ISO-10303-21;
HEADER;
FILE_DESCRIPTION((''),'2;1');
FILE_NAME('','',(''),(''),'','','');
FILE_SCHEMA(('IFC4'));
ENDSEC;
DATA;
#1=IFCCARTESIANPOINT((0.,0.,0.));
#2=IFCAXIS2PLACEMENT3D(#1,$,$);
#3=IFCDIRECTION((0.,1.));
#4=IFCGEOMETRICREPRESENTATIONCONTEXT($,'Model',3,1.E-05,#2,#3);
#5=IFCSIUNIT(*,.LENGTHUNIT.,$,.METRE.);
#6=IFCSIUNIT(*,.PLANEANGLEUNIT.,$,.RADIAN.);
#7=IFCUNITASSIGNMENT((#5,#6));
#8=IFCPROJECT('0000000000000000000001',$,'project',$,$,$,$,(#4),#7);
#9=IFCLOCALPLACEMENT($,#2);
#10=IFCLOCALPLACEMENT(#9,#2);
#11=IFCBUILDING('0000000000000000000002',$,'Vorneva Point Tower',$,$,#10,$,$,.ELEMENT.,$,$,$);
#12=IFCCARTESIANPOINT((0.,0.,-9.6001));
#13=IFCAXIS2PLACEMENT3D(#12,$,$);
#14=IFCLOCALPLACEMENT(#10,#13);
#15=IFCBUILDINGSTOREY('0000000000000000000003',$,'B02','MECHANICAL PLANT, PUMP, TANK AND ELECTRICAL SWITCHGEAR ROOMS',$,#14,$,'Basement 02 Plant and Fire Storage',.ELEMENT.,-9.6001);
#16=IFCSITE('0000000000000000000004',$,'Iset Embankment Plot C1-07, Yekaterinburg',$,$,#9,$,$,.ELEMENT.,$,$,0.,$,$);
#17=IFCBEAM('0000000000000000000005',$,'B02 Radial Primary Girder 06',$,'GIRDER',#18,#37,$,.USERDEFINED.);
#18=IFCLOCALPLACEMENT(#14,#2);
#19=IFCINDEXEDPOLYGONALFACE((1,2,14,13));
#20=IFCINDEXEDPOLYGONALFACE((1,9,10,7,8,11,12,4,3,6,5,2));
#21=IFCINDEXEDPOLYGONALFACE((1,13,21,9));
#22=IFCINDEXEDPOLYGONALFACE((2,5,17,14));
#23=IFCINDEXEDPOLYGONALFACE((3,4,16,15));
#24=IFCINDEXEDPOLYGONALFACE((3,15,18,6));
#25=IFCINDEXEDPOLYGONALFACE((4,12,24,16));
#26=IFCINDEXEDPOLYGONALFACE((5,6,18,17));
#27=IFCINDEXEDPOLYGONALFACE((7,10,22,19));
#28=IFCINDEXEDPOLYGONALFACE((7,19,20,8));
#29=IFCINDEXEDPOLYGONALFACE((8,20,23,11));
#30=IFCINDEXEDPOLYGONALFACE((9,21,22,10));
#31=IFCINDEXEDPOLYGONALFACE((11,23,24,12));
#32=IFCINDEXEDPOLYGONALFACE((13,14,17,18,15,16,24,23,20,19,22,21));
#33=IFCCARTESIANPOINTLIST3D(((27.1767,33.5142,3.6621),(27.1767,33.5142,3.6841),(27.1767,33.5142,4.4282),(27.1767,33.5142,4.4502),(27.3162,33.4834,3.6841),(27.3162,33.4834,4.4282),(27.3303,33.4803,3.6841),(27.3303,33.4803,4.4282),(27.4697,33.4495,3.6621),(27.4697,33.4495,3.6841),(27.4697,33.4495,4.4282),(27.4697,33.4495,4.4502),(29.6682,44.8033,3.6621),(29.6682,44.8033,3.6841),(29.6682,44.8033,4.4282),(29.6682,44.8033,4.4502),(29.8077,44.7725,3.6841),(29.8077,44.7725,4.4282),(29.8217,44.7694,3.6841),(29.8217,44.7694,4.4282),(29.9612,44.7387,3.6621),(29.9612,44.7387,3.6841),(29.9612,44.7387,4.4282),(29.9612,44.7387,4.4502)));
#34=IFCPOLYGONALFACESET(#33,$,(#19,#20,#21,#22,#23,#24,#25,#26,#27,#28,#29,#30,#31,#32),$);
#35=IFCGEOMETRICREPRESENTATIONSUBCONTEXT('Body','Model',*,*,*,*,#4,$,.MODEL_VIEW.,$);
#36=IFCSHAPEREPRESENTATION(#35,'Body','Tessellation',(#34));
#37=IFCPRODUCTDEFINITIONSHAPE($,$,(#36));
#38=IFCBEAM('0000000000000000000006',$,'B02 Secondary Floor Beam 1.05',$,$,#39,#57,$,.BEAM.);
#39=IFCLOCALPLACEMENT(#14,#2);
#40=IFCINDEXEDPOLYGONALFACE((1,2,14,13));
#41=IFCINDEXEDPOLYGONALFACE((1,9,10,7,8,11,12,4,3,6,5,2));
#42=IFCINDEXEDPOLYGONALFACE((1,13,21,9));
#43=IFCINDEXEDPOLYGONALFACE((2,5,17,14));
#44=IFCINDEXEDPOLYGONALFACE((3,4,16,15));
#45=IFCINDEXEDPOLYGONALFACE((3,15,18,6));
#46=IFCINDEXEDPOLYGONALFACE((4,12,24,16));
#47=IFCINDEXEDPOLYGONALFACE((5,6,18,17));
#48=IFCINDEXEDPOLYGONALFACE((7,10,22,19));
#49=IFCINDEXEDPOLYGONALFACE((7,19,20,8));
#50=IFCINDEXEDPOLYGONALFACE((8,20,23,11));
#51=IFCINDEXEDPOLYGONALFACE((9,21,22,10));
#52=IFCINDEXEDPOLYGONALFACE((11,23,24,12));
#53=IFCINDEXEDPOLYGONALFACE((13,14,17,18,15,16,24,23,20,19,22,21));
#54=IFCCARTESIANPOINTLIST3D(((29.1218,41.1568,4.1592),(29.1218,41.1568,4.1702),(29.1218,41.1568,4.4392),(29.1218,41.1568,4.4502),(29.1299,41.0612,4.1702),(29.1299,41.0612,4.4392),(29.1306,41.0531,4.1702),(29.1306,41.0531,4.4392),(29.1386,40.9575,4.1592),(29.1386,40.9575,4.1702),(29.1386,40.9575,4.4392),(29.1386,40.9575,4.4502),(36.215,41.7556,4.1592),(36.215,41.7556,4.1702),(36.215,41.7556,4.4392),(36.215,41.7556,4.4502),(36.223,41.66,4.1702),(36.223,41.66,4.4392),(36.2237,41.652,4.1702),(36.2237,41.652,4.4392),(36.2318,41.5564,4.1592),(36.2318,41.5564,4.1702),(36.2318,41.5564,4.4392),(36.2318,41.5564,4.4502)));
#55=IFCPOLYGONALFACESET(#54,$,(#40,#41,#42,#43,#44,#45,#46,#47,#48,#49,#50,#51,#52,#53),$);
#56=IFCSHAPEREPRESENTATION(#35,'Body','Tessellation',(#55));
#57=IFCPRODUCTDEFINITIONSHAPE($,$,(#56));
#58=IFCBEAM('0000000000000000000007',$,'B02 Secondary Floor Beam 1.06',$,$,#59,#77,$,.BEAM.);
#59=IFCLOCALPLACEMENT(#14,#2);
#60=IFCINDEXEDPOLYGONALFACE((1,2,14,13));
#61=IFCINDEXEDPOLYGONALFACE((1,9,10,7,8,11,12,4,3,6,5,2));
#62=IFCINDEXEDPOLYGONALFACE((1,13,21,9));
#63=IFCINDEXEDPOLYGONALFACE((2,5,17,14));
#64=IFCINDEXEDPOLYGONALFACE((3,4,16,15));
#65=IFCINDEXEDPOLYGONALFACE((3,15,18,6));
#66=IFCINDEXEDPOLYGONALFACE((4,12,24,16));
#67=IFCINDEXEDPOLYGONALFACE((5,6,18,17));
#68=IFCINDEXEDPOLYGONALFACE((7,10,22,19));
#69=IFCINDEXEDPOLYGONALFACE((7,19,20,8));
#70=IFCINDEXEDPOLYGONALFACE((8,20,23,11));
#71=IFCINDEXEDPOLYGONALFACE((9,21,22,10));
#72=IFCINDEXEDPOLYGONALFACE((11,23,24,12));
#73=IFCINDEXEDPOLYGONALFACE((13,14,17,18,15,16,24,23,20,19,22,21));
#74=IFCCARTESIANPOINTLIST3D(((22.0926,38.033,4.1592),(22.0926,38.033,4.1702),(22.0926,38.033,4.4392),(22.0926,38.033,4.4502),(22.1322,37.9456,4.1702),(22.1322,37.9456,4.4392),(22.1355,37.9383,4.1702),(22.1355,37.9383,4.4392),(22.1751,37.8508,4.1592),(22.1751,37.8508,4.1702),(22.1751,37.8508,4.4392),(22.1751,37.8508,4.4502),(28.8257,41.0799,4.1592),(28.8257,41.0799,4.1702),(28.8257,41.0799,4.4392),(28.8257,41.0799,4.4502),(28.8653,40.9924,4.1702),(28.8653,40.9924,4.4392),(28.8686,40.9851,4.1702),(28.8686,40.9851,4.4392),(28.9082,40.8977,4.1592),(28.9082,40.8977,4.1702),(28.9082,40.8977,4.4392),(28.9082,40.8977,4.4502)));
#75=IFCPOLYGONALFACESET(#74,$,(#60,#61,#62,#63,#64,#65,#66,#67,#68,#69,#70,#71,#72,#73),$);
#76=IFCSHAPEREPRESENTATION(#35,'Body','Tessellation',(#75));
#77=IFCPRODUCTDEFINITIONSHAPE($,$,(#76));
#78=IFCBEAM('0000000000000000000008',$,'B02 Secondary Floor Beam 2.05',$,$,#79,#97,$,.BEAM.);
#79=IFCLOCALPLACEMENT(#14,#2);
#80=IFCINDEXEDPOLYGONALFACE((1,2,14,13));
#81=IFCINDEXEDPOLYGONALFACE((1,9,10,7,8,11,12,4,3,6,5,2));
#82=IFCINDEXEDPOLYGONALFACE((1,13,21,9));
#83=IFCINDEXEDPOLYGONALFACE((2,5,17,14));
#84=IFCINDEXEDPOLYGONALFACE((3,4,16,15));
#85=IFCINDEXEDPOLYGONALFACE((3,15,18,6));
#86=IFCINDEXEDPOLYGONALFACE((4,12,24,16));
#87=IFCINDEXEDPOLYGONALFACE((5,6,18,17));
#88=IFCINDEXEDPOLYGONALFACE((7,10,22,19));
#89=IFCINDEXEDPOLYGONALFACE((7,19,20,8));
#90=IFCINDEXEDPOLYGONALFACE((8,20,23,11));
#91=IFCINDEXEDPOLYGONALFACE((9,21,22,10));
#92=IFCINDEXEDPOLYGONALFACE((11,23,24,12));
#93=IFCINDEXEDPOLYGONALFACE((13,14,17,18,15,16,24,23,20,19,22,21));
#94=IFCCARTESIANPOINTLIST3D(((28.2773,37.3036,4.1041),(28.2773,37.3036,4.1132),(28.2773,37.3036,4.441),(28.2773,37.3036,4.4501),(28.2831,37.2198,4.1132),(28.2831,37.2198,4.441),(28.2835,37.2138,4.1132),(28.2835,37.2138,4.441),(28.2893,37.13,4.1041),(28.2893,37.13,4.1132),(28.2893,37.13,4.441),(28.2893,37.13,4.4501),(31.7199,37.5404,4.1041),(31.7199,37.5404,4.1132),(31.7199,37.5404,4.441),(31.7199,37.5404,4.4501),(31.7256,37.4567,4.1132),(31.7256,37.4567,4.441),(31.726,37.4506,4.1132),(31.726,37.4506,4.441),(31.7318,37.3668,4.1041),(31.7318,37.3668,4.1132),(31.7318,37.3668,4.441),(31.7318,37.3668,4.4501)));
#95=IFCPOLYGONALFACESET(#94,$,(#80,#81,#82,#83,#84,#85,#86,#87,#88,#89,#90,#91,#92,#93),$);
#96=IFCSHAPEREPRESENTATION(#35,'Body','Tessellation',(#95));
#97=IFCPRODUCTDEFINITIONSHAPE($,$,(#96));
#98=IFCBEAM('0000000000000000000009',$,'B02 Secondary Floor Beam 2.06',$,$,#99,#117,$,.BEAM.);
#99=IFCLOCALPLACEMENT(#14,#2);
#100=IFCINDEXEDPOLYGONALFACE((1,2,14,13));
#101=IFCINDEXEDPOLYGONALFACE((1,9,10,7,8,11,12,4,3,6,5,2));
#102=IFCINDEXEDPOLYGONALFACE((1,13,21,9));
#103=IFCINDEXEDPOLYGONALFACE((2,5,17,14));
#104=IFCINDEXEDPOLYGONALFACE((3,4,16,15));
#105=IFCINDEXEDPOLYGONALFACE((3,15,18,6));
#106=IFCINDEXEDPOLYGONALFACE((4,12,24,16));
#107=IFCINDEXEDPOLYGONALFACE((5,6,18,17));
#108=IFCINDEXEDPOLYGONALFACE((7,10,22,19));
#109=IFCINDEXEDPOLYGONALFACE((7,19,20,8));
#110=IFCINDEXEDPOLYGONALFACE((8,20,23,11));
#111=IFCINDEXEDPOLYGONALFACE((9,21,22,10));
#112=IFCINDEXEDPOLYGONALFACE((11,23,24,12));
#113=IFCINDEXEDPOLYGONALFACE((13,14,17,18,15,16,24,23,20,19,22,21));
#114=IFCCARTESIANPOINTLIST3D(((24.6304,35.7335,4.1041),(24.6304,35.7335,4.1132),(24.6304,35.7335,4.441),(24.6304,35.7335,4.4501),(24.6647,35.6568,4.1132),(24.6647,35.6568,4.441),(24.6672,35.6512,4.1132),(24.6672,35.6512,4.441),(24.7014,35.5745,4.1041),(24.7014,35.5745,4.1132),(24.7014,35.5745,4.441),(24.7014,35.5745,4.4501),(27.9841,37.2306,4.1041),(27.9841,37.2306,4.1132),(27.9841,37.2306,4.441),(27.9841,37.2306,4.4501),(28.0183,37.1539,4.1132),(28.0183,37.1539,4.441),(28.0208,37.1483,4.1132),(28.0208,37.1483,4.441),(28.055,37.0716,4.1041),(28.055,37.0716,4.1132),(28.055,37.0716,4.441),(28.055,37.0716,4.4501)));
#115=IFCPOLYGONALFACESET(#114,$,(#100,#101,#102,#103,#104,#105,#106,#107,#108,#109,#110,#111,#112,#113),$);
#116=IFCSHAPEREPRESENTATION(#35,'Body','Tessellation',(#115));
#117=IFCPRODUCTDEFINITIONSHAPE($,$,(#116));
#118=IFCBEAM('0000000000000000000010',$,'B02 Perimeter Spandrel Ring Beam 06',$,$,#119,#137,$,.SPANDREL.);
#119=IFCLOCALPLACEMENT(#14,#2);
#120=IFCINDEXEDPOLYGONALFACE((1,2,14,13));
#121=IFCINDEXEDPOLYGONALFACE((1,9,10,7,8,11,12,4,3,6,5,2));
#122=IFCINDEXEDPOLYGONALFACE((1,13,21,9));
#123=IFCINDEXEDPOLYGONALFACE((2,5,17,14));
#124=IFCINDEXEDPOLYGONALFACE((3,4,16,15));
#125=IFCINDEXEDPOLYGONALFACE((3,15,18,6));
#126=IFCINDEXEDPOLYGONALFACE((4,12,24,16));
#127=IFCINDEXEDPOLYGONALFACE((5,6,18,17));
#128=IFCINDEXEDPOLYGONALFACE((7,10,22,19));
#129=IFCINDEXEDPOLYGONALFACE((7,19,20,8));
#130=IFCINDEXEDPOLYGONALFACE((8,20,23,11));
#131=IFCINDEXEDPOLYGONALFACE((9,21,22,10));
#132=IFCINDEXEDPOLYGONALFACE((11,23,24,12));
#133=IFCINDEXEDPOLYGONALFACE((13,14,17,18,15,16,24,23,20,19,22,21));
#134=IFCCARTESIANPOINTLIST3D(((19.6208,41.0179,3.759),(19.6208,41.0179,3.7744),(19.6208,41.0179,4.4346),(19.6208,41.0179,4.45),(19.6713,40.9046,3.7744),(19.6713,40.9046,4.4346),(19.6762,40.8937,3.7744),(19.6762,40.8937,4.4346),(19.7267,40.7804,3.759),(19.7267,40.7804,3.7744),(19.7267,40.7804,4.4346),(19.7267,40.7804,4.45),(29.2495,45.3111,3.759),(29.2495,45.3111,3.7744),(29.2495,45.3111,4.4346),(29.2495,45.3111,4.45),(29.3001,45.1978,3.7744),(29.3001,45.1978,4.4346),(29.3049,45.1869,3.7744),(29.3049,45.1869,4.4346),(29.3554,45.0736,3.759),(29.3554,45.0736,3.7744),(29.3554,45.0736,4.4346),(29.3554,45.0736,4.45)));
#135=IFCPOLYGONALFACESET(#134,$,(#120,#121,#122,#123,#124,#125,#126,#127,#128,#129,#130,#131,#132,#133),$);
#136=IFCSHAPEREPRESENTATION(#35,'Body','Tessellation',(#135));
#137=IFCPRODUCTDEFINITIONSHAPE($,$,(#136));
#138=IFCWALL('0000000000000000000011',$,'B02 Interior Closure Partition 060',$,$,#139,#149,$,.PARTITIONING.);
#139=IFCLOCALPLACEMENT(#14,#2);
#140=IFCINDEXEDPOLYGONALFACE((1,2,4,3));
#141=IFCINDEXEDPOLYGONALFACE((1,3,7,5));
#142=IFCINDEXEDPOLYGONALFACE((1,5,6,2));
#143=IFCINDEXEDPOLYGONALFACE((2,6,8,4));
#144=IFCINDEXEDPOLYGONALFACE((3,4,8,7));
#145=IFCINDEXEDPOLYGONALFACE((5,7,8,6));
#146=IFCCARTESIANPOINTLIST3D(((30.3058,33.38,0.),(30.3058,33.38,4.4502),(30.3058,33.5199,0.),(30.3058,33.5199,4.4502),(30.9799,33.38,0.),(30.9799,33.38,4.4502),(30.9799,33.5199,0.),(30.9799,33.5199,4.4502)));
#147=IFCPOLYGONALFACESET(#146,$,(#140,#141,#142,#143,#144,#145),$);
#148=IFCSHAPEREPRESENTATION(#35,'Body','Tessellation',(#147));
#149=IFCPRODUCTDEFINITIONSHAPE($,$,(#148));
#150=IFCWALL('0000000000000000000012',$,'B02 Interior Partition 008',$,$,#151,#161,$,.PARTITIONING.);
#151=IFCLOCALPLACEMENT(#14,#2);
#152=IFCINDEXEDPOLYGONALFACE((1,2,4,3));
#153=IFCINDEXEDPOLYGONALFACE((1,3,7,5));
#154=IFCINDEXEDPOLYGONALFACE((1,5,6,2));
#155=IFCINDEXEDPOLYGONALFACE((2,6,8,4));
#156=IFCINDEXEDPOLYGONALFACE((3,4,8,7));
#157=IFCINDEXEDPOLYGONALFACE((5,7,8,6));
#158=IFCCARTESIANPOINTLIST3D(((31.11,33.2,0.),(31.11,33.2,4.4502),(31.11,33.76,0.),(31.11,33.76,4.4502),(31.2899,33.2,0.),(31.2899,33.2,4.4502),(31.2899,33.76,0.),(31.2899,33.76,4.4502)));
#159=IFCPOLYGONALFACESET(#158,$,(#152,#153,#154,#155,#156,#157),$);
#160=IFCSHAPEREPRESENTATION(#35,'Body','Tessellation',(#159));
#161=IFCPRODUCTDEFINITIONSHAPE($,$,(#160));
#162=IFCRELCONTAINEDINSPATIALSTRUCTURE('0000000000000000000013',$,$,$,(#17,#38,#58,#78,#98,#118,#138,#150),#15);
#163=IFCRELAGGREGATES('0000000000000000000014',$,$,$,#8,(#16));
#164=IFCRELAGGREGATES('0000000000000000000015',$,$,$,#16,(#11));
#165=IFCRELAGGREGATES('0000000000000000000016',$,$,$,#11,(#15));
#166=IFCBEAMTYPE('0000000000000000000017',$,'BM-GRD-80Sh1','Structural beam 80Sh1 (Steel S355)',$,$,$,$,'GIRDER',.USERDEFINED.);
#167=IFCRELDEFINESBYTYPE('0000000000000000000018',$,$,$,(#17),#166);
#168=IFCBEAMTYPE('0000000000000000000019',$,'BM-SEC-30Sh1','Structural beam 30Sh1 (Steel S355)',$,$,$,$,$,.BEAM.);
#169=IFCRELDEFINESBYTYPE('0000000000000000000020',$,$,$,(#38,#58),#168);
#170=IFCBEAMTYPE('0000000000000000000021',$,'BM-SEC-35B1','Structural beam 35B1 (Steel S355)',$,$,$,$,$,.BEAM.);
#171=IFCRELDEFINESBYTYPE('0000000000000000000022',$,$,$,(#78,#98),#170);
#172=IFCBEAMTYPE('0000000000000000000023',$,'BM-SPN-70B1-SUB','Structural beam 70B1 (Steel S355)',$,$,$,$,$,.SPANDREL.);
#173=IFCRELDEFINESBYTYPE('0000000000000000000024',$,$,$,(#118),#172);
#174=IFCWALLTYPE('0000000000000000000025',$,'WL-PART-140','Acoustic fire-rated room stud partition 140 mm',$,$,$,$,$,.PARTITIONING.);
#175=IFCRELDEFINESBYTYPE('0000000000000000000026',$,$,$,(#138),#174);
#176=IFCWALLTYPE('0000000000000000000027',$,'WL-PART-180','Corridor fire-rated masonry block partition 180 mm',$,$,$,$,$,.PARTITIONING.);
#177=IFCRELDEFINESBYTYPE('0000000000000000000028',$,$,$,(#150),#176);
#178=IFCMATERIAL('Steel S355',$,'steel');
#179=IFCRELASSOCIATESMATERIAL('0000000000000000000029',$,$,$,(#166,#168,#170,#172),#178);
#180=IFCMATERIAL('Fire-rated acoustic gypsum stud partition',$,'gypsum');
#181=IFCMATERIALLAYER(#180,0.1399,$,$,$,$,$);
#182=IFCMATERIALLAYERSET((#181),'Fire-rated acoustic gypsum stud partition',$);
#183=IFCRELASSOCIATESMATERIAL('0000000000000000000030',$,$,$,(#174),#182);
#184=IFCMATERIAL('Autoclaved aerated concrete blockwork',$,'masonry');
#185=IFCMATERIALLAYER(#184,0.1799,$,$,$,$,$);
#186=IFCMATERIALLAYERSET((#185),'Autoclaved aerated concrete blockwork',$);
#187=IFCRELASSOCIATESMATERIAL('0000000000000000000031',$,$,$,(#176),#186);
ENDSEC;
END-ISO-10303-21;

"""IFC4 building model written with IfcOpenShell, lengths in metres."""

from ifc_helpers import new_model, si_unit, direction, frame, frame_2d, origin, origin_2d, place, context, subcontext, project, spatial, rectangle, i_section, extrude, material, layer, layer_set, material_profile, profile_set, type_object, element, save


model = new_model("IFC4")

# Units and contexts
model_context = context("Model", 3, precision=1e-05, world=origin(), true_north=direction((0.0, 1.0)))
body_context = subcontext(model_context, "Body", "Model", "MODEL_VIEW")
ifc_project = project(units=[si_unit("LENGTHUNIT", "METRE"), si_unit("PLANEANGLEUNIT", "RADIAN")], contexts=[model_context])

# Site, building, storey
site_placement = place(None, origin())
site = spatial("IfcSite", under=ifc_project, at=site_placement, Name="Iset Embankment Plot C1-07, Yekaterinburg", CompositionType="ELEMENT", RefElevation=0.0)
building_placement = place(site_placement, origin())
building = spatial("IfcBuilding", under=site, at=building_placement, Name="Vorneva Point Tower", CompositionType="ELEMENT")
storey_placement = place(building_placement, frame((0.0, 0.0, -9.6001)))
storey = spatial("IfcBuildingStorey", under=building, at=storey_placement, Name="B02", Description="MECHANICAL PLANT, PUMP, TANK AND ELECTRICAL SWITCHGEAR ROOMS", LongName="Basement 02 Plant and Fire Storage", CompositionType="ELEMENT", Elevation=-9.6001)

# Beams
ifc_material_1 = material(Name="Steel S355", Category="steel")
ifc_material_profile_1 = material_profile(ifc_material_1, i_section(OverallWidth=0.3, OverallDepth=0.7881, WebThickness=0.0144, FlangeThickness=0.022, at=origin_2d()), Name="80Sh1")
ifc_profile_set_1 = profile_set([ifc_material_profile_1], Name="Steel S355")
beam_type_1 = type_object("IfcBeamType", Name="BM-GRD-80Sh1", Description="Structural beam 80Sh1 (Steel S355)", ElementType="GIRDER", PredefinedType="USERDEFINED", material=ifc_profile_set_1)
beam_1_placement = place(storey_placement, frame((29.8147, 44.771, 4.0562), z_axis=(-0.21551, -0.976502, 0.0), x_axis=(0.976502, -0.21551, 0.0)))
element("IfcBeam", 1, at=beam_1_placement, inside=storey, type_object=beam_type_1, Name="B02 Radial Primary Girder 06", ObjectType="GIRDER", PredefinedType="USERDEFINED", context=body_context, shape_type="SweptSolid", body=[
    extrude(i_section(OverallWidth=0.3, OverallDepth=0.7881, WebThickness=0.0144, FlangeThickness=0.022, at=origin_2d()), origin(), (0.0, 0.0, 1.0), 11.5608),
])
ifc_material_profile_2 = material_profile(ifc_material_1, i_section(OverallWidth=0.2, OverallDepth=0.291, WebThickness=0.0081, FlangeThickness=0.011, at=origin_2d()), Name="30Sh1")
ifc_profile_set_2 = profile_set([ifc_material_profile_2], Name="Steel S355")
beam_type_2 = type_object("IfcBeamType", Name="BM-SEC-30Sh1", Description="Structural beam 30Sh1 (Steel S355)", PredefinedType="BEAM", material=ifc_profile_set_2)
beam_2_placement = place(storey_placement, frame((36.2234, 41.656, 4.3047), z_axis=(-0.996455, -0.08413, 0.0), x_axis=(0.08413, -0.996455, 0.0)))
element("IfcBeam", 2, at=beam_2_placement, inside=storey, type_object=beam_type_2, Name="B02 Secondary Floor Beam 1.05", PredefinedType="BEAM", context=body_context, shape_type="SweptSolid", body=[
    extrude(i_section(OverallWidth=0.2, OverallDepth=0.291, WebThickness=0.0081, FlangeThickness=0.011, at=origin_2d()), origin(), (0.0, 0.0, 1.0), 7.1184),
])
beam_3_placement = place(storey_placement, frame((28.8669, 40.9888, 4.3047), z_axis=(-0.911061, -0.412272, 0.0), x_axis=(0.412272, -0.911061, 0.0)))
element("IfcBeam", 3, at=beam_3_placement, inside=storey, type_object=beam_type_2, Name="B02 Secondary Floor Beam 1.06", PredefinedType="BEAM", context=body_context, shape_type="SweptSolid", body=[
    extrude(i_section(OverallWidth=0.2, OverallDepth=0.291, WebThickness=0.0081, FlangeThickness=0.011, at=origin_2d()), origin(), (0.0, 0.0, 1.0), 7.3904),
])
ifc_material_profile_3 = material_profile(ifc_material_1, i_section(OverallWidth=0.1741, OverallDepth=0.3459, WebThickness=0.0061, FlangeThickness=0.009, at=origin_2d()), Name="35B1")
ifc_profile_set_3 = profile_set([ifc_material_profile_3], Name="Steel S355")
beam_type_3 = type_object("IfcBeamType", Name="BM-SEC-35B1", Description="Structural beam 35B1 (Steel S355)", PredefinedType="BEAM", material=ifc_profile_set_3)
beam_4_placement = place(storey_placement, frame((31.7258, 37.4536, 4.2771), z_axis=(-0.997642, -0.068627, 0.0), x_axis=(0.068627, -0.997642, 0.0)))
element("IfcBeam", 4, at=beam_4_placement, inside=storey, type_object=beam_type_3, Name="B02 Secondary Floor Beam 2.05", PredefinedType="BEAM", context=body_context, shape_type="SweptSolid", body=[
    extrude(i_section(OverallWidth=0.1741, OverallDepth=0.3459, WebThickness=0.0061, FlangeThickness=0.009, at=origin_2d()), origin(), (0.0, 0.0, 1.0), 3.4507),
])
beam_5_placement = place(storey_placement, frame((28.0195, 37.1511, 4.2771), z_axis=(-0.913141, -0.407643, 0.0), x_axis=(0.407643, -0.913141, 0.0)))
element("IfcBeam", 5, at=beam_5_placement, inside=storey, type_object=beam_type_3, Name="B02 Secondary Floor Beam 2.06", PredefinedType="BEAM", context=body_context, shape_type="SweptSolid", body=[
    extrude(i_section(OverallWidth=0.1741, OverallDepth=0.3459, WebThickness=0.0061, FlangeThickness=0.009, at=origin_2d()), origin(), (0.0, 0.0, 1.0), 3.6726),
])
ifc_material_profile_4 = material_profile(ifc_material_1, i_section(OverallWidth=0.26, OverallDepth=0.6909, WebThickness=0.012, FlangeThickness=0.0154, at=origin_2d()), Name="70B1")
ifc_profile_set_4 = profile_set([ifc_material_profile_4], Name="Steel S355")
beam_type_4 = type_object("IfcBeamType", Name="BM-SPN-70B1-SUB", Description="Structural beam 70B1 (Steel S355)", PredefinedType="SPANDREL", material=ifc_profile_set_4)
beam_6_placement = place(storey_placement, frame((29.3025, 45.1924, 4.1045), z_axis=(-0.913325, -0.407232, 0.0), x_axis=(0.407232, -0.913325, 0.0)))
element("IfcBeam", 6, at=beam_6_placement, inside=storey, type_object=beam_type_4, Name="B02 Perimeter Spandrel Ring Beam 06", PredefinedType="SPANDREL", context=body_context, shape_type="SweptSolid", body=[
    extrude(i_section(OverallWidth=0.26, OverallDepth=0.6909, WebThickness=0.012, FlangeThickness=0.0154, at=origin_2d()), origin(), (0.0, 0.0, 1.0), 10.5425),
])

# Wall
ifc_material_2 = material(Name="Fire-rated acoustic gypsum stud partition", Category="gypsum")
ifc_layer_1 = layer(ifc_material_2, 0.1399)
ifc_layer_set_1 = layer_set([ifc_layer_1], Name="Fire-rated acoustic gypsum stud partition")
wall_type_1 = type_object("IfcWallType", Name="WL-PART-140", Description="Acoustic fire-rated room stud partition 140 mm", PredefinedType="PARTITIONING", material=ifc_layer_set_1)
wall_1_placement = place(storey_placement, frame((30.3059, 33.45, 0.0), z_axis=(0.0, 0.0, 1.0), x_axis=(1.0, 0.0, 0.0)))
element("IfcWall", 7, at=wall_1_placement, inside=storey, type_object=wall_type_1, Name="B02 Interior Closure Partition 060", PredefinedType="PARTITIONING", context=body_context, shape_type="SweptSolid", body=[
    extrude(rectangle(XDim=0.6741, YDim=0.1399, at=frame_2d((0.3369, 0.0))), origin(), (0.0, 0.0, 1.0), 4.4502),
])

# Shared definitions
ifc_material_3 = material(Name="Autoclaved aerated concrete blockwork", Category="masonry")
ifc_layer_2 = layer(ifc_material_3, 0.1799)
ifc_layer_set_2 = layer_set([ifc_layer_2], Name="Autoclaved aerated concrete blockwork")
wall_type_2 = type_object("IfcWallType", Name="WL-PART-180", Description="Corridor fire-rated masonry block partition 180 mm", PredefinedType="PARTITIONING", material=ifc_layer_set_2)

# Wall
wall_2_placement = place(storey_placement, frame((31.2, 33.76, 0.0), z_axis=(0.0, 0.0, 1.0), x_axis=(0.0, -1.0, 0.0)))
element("IfcWall", 8, at=wall_2_placement, inside=storey, type_object=wall_type_2, Name="B02 Interior Partition 008", PredefinedType="PARTITIONING", context=body_context, shape_type="SweptSolid", body=[
    extrude(rectangle(XDim=0.5601, YDim=0.1799, at=frame_2d((0.28, 0.0))), origin(), (0.0, 0.0, 1.0), 4.4502),
])

save(model, "model.ifc")
